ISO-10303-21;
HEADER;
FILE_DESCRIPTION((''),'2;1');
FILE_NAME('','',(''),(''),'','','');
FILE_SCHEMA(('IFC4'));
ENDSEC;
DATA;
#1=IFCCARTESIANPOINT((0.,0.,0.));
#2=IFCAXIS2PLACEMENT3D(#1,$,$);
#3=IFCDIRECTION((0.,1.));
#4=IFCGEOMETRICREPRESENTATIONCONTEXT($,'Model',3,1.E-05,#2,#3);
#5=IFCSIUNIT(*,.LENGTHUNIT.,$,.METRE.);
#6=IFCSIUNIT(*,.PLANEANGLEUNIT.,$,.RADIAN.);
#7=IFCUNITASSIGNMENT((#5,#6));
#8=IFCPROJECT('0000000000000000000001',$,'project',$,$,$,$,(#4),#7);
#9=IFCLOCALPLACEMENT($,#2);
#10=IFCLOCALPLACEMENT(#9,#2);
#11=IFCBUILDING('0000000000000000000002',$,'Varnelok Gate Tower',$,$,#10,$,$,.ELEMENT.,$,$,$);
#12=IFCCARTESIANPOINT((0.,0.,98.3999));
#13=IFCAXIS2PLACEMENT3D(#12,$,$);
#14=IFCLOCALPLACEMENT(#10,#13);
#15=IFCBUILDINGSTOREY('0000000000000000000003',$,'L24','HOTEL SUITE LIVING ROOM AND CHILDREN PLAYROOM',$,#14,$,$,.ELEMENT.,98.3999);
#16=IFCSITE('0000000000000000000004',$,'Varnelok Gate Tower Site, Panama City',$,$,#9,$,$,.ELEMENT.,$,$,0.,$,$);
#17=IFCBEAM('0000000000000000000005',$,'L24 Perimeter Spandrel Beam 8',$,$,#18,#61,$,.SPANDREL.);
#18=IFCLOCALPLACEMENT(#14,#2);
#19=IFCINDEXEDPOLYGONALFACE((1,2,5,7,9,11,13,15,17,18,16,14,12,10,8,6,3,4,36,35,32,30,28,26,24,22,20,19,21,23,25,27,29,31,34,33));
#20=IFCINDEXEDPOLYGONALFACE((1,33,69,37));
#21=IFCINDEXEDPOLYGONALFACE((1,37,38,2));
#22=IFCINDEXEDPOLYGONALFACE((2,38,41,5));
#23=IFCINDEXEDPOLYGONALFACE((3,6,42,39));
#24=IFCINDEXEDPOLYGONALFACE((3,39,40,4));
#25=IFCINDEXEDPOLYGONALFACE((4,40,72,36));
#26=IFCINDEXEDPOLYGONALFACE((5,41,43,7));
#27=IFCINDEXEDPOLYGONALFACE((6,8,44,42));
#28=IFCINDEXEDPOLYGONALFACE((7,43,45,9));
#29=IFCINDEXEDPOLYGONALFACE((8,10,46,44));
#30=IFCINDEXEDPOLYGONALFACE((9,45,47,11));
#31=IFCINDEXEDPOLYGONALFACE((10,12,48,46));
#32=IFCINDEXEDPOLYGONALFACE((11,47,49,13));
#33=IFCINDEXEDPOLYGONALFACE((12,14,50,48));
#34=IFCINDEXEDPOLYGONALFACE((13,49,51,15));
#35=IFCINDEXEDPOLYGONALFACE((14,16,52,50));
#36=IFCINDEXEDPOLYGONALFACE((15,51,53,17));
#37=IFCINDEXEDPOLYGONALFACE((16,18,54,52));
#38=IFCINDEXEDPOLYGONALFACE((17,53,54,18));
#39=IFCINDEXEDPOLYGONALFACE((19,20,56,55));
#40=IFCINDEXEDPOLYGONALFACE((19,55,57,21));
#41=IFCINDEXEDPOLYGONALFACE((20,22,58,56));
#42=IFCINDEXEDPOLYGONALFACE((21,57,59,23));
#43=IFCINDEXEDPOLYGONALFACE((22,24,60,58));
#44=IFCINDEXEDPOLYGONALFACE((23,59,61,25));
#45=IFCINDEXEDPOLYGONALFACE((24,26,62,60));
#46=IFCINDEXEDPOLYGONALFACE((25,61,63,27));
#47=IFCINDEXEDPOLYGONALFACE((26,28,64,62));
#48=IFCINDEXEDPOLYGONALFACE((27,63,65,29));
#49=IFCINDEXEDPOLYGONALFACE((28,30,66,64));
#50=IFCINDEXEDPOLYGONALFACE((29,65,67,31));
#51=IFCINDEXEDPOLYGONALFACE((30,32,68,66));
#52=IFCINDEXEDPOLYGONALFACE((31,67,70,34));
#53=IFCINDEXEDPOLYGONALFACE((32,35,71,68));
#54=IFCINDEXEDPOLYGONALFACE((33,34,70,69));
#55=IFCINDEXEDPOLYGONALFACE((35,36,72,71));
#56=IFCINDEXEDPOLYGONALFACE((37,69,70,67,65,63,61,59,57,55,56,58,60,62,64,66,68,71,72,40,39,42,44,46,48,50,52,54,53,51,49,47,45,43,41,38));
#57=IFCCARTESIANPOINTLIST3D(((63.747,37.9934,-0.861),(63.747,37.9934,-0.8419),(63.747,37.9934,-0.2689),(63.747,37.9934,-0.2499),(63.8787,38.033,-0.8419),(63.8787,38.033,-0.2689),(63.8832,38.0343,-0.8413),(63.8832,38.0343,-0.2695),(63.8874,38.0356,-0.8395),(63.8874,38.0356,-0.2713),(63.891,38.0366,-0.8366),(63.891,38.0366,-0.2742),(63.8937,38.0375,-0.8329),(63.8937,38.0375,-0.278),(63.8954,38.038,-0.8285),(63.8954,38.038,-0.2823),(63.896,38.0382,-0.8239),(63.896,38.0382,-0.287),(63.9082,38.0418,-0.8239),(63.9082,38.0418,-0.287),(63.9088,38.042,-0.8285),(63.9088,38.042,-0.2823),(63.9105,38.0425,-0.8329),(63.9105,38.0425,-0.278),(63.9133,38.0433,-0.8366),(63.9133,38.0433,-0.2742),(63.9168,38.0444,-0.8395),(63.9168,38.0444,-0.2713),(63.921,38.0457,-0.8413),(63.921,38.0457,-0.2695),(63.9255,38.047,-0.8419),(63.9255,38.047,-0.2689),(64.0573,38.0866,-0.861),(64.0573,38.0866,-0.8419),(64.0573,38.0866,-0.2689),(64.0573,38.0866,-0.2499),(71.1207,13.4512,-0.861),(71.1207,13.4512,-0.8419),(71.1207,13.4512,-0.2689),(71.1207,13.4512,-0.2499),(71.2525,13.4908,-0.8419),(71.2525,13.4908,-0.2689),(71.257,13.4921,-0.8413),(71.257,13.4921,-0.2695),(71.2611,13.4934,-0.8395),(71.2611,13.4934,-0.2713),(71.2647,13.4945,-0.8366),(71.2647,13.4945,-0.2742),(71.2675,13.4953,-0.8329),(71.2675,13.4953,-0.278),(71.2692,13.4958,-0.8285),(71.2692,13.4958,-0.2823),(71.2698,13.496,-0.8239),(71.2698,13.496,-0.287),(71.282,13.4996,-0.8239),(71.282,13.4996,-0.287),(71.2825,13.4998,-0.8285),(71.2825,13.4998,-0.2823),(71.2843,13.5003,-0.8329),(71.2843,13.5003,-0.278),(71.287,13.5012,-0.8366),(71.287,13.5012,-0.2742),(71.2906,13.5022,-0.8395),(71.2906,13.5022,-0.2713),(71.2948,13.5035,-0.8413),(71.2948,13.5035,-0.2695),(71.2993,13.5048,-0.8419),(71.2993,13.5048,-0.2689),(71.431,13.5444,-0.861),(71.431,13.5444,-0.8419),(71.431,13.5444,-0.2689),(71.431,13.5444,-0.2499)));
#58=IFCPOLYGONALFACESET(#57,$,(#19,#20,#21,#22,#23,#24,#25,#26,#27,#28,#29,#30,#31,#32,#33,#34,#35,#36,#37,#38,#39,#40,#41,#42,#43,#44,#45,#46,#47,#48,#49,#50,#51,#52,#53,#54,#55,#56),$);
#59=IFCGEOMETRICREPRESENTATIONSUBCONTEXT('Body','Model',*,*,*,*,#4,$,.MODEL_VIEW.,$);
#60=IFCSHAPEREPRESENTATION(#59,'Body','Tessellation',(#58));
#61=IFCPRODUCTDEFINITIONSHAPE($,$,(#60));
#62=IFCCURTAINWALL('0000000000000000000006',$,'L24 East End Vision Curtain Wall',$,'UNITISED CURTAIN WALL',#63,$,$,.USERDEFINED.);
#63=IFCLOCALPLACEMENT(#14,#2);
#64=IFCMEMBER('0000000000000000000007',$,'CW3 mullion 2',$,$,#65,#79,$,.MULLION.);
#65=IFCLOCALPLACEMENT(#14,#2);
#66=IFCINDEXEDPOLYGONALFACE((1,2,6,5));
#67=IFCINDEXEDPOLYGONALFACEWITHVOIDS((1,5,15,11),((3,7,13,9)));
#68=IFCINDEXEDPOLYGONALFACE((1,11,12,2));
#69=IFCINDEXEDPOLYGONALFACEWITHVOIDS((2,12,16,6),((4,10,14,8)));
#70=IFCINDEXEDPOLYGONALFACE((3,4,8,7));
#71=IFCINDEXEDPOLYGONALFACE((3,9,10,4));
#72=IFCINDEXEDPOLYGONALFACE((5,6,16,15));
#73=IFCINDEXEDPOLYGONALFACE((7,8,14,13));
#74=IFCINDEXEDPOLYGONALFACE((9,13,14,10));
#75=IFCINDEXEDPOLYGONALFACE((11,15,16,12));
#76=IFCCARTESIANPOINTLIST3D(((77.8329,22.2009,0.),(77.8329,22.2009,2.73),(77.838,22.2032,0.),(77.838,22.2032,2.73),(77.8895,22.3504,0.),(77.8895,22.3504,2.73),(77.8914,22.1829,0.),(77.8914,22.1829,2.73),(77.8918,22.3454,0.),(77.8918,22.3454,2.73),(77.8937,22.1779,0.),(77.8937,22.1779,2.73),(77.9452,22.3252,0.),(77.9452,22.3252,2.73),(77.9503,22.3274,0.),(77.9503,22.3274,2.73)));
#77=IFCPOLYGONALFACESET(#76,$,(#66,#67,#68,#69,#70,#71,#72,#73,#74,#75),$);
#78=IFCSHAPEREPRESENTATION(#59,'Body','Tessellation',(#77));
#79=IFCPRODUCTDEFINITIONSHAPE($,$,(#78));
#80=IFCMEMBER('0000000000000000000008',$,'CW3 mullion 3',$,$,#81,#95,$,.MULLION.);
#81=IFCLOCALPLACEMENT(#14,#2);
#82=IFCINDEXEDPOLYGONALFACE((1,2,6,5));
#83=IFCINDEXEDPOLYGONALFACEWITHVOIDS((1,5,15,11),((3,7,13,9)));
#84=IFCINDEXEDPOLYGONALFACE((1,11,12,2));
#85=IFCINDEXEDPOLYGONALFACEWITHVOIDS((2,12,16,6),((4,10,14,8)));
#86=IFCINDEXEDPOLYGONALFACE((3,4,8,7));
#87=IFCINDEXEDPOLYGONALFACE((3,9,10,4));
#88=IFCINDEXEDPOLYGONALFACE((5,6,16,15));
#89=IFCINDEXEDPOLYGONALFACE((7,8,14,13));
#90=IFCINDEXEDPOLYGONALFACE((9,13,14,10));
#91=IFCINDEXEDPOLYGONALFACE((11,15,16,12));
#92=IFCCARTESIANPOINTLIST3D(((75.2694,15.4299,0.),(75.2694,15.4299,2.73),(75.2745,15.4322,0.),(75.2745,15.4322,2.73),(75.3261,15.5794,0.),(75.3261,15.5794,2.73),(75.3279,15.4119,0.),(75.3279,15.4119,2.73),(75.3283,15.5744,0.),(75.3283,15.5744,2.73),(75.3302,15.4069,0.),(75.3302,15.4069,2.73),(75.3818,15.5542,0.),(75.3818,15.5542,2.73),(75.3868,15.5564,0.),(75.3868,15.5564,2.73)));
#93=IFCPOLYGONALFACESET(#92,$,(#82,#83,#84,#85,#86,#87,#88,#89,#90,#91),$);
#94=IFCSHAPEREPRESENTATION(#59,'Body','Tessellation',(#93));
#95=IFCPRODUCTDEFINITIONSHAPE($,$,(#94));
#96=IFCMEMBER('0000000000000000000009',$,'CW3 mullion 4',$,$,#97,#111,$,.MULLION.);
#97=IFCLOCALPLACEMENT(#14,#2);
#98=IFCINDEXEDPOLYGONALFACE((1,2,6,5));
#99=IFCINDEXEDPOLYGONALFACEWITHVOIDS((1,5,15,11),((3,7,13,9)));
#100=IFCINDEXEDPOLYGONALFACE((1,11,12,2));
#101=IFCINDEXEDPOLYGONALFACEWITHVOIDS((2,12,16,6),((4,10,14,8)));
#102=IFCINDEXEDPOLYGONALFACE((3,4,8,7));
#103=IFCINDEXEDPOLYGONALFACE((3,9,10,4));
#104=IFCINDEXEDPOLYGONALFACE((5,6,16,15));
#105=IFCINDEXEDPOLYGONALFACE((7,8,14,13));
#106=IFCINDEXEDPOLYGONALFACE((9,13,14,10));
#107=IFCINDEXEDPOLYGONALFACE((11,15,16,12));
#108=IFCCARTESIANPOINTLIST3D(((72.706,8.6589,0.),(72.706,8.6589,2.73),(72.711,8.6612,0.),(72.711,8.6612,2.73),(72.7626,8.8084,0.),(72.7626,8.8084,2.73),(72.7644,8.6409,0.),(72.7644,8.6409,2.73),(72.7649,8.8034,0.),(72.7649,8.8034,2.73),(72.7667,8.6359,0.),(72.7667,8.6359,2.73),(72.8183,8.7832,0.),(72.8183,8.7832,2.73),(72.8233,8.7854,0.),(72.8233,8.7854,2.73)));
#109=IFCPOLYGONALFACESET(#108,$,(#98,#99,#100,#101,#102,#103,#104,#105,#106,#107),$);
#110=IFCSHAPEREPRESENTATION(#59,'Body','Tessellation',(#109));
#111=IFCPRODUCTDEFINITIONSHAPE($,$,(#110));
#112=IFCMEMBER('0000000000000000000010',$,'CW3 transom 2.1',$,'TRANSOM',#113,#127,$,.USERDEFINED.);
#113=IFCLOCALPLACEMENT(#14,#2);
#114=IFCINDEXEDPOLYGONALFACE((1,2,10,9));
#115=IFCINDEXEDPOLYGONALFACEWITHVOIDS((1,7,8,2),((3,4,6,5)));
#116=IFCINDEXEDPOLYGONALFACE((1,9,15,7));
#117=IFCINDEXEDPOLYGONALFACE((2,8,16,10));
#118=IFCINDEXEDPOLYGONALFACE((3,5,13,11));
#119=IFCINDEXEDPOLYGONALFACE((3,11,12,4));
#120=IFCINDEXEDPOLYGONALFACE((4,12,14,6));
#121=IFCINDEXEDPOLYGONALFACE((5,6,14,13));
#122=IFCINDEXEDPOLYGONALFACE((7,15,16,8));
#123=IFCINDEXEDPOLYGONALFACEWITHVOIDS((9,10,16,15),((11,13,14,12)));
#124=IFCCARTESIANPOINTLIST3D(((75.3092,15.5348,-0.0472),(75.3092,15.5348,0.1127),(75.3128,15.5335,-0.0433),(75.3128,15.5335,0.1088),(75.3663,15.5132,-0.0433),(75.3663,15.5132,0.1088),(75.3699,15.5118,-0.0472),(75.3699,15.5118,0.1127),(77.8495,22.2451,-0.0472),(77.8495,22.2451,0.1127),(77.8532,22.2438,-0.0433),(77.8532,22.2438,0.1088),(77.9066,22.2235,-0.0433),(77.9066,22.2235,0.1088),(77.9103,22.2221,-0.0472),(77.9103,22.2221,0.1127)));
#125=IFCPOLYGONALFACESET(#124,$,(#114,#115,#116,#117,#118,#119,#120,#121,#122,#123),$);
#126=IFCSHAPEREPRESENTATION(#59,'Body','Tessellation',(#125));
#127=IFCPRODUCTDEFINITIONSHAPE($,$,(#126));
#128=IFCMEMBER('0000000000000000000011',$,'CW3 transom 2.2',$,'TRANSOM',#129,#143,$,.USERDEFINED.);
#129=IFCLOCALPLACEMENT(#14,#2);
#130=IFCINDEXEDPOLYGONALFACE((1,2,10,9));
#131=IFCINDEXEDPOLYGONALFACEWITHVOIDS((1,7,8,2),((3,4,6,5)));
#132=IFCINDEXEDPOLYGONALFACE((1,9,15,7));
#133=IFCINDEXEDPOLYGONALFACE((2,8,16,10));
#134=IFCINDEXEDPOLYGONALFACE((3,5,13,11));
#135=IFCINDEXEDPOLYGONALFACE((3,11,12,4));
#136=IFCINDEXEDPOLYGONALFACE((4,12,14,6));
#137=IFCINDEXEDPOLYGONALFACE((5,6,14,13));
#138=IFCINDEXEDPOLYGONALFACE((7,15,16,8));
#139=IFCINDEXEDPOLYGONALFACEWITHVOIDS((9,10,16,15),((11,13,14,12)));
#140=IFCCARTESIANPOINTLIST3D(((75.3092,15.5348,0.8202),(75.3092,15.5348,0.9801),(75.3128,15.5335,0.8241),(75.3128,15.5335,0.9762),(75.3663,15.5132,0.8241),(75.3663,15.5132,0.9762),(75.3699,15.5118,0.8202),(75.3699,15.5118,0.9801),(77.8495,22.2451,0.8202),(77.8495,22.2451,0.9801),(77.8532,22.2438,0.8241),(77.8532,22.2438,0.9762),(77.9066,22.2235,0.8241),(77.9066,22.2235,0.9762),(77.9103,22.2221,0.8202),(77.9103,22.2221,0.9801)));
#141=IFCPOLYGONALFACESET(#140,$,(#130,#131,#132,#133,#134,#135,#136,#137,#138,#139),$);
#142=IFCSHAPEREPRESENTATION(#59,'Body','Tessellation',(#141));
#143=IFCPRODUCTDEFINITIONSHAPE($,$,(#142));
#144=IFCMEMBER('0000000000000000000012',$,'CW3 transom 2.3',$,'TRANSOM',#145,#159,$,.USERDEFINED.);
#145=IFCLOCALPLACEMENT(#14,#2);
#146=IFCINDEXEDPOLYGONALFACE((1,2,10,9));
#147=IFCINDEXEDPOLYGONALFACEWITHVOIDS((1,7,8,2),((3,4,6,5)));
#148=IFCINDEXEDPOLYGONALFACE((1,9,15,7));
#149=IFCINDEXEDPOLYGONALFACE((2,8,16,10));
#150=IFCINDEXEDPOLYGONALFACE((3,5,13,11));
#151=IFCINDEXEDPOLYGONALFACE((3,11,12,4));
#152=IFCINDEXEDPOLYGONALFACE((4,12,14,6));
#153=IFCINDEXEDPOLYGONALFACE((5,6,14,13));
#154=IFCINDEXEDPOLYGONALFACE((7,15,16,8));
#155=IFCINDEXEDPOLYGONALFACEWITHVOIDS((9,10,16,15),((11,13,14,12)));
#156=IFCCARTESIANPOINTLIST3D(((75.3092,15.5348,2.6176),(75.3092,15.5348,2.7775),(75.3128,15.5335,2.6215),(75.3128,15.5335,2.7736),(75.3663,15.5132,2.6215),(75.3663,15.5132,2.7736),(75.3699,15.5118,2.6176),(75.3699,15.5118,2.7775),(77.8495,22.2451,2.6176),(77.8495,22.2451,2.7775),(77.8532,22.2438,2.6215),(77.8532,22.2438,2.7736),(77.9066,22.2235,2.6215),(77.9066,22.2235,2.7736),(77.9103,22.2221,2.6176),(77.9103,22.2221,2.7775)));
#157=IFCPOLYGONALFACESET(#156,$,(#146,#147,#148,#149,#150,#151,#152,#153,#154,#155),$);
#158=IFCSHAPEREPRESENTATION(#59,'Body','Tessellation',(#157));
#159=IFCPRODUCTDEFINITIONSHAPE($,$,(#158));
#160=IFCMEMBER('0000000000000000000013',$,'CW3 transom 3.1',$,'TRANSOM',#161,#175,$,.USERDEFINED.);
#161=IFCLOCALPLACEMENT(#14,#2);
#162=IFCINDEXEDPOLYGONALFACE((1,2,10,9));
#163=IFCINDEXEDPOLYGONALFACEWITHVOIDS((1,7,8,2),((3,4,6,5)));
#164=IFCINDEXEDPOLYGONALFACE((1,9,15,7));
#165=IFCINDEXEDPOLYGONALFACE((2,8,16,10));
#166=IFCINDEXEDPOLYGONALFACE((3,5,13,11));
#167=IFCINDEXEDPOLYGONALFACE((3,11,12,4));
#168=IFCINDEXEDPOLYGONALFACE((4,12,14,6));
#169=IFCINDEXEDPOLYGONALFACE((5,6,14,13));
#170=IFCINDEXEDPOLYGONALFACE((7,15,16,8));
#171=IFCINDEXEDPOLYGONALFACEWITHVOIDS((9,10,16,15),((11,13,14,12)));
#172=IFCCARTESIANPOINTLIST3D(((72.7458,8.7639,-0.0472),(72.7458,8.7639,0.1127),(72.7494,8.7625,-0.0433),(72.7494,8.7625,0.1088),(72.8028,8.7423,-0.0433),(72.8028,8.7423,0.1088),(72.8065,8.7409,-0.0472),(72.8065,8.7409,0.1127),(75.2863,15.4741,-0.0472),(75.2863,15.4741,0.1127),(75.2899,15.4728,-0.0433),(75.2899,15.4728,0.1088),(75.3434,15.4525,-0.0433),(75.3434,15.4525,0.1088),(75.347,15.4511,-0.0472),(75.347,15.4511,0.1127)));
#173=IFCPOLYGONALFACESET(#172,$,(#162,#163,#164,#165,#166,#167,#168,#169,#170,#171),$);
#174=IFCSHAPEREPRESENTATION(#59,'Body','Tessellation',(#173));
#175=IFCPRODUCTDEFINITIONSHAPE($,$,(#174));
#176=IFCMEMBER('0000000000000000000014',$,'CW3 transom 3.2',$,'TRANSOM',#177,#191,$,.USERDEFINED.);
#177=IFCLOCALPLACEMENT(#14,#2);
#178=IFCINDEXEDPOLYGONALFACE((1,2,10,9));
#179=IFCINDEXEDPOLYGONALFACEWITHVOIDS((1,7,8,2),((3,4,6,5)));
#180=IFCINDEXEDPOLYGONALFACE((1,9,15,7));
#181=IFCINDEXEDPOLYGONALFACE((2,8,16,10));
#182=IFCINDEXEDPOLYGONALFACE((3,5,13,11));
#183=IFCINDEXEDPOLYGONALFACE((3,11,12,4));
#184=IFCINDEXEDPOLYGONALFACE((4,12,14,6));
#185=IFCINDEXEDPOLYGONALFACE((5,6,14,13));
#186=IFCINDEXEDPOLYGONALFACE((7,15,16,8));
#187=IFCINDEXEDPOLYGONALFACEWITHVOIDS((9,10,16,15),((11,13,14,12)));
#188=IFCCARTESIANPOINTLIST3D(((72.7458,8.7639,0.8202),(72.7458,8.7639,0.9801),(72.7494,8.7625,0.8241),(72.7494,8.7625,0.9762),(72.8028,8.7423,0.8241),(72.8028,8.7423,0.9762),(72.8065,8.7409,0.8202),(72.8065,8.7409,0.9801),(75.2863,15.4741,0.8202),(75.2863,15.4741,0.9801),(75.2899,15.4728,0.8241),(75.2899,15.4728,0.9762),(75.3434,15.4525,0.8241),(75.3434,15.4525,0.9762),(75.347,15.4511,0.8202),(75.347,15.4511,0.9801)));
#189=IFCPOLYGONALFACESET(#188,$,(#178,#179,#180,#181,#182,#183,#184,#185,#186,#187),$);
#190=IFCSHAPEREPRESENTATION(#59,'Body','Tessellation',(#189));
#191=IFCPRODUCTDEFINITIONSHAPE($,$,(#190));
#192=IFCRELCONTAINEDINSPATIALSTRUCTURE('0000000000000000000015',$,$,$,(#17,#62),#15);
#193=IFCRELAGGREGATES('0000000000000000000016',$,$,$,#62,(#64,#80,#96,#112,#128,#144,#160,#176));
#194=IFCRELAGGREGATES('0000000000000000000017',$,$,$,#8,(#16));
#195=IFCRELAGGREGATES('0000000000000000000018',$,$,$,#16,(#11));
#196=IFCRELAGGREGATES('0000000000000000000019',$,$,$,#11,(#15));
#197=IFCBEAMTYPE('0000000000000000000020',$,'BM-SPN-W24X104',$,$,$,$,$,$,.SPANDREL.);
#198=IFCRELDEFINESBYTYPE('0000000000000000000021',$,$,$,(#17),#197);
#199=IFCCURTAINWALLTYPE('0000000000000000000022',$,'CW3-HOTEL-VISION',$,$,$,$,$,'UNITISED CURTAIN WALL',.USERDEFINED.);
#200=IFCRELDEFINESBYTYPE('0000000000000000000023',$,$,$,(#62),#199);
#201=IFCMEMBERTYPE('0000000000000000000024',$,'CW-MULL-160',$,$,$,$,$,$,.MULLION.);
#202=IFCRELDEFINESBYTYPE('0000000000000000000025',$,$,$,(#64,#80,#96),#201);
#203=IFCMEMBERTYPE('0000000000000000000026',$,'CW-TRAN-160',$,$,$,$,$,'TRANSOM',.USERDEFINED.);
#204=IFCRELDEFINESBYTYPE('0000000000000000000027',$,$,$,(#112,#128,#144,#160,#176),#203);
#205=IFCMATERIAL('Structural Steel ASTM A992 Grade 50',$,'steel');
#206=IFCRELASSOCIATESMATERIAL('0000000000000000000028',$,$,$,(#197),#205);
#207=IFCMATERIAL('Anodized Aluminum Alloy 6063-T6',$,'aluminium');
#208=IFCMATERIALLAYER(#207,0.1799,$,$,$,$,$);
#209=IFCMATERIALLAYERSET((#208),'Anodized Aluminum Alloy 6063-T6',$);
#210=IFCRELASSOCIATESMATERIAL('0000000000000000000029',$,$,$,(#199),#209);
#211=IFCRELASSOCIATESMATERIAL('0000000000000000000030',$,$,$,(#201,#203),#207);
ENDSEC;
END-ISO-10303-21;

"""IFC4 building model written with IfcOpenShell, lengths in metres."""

from ifc_helpers import new_model, si_unit, direction, frame, origin, origin_2d, place, context, subcontext, project, spatial, hollow_rectangle, i_section, extrude, material, layer, layer_set, material_profile, profile_set, type_object, element, aggregate, save


model = new_model("IFC4")

# Units and contexts
model_context = context("Model", 3, precision=1e-05, world=origin(), true_north=direction((0.0, 1.0)))
body_context = subcontext(model_context, "Body", "Model", "MODEL_VIEW")
ifc_project = project(units=[si_unit("LENGTHUNIT", "METRE"), si_unit("PLANEANGLEUNIT", "RADIAN")], contexts=[model_context])

# Site, building, storey
site_placement = place(None, origin())
site = spatial("IfcSite", under=ifc_project, at=site_placement, Name="Varnelok Gate Tower Site, Panama City", CompositionType="ELEMENT", RefElevation=0.0)
building_placement = place(site_placement, origin())
building = spatial("IfcBuilding", under=site, at=building_placement, Name="Varnelok Gate Tower", CompositionType="ELEMENT")
storey_placement = place(building_placement, frame((0.0, 0.0, 98.3999)))
storey = spatial("IfcBuildingStorey", under=building, at=storey_placement, Name="L24", Description="HOTEL SUITE LIVING ROOM AND CHILDREN PLAYROOM", CompositionType="ELEMENT", Elevation=98.3999)

# Shared definitions
ifc_material_1 = material(Name="Structural Steel ASTM A992 Grade 50", Category="steel")

# Beam
ifc_material_profile_1 = material_profile(ifc_material_1, i_section(OverallWidth=0.324, OverallDepth=0.6111, WebThickness=0.0127, FlangeThickness=0.019, FilletRadius=0.0181, at=origin_2d()), Name="W24X104")
ifc_profile_set_1 = profile_set([ifc_material_profile_1], Name="Structural Steel ASTM A992 Grade 50")
beam_type_1 = type_object("IfcBeamType", Name="BM-SPN-W24X104", PredefinedType="SPANDREL", material=ifc_profile_set_1)
beam_1_placement = place(storey_placement, frame((71.2759, 13.4978, -0.5554), z_axis=(-0.287746, 0.957707, 0.0), x_axis=(-0.957707, -0.287746, 0.0)))
element("IfcBeam", 1, at=beam_1_placement, inside=storey, type_object=beam_type_1, Name="L24 Perimeter Spandrel Beam 8", PredefinedType="SPANDREL", context=body_context, shape_type="SweptSolid", body=[
    extrude(i_section(OverallWidth=0.324, OverallDepth=0.6111, WebThickness=0.0127, FlangeThickness=0.019, FilletRadius=0.0181, at=origin_2d()), origin(), (0.0, 0.0, 1.0), 25.626),
])

# Curtain wall, members
ifc_material_2 = material(Name="Anodized Aluminum Alloy 6063-T6", Category="aluminium")
ifc_layer_1 = layer(ifc_material_2, 0.1799)
ifc_layer_set_1 = layer_set([ifc_layer_1], Name="Anodized Aluminum Alloy 6063-T6")
curtain_wall_type = type_object("IfcCurtainWallType", Name="CW3-HOTEL-VISION", ElementType="UNITISED CURTAIN WALL", PredefinedType="USERDEFINED", material=ifc_layer_set_1)
curtain_wall_placement = place(storey_placement, origin())
curtain_wall = element("IfcCurtainWall", 2, at=curtain_wall_placement, inside=storey, type_object=curtain_wall_type, Name="L24 East End Vision Curtain Wall", ObjectType="UNITISED CURTAIN WALL", PredefinedType="USERDEFINED")
ifc_material_profile_2 = material_profile(ifc_material_2, hollow_rectangle(XDim=0.0649, YDim=0.1599, WallThickness=0.0039, at=origin_2d()), Name="ALU160X65X4")
ifc_profile_set_2 = profile_set([ifc_material_profile_2], Name="Anodized Aluminum Alloy 6063-T6")
member_type_1 = type_object("IfcMemberType", Name="CW-MULL-160", PredefinedType="MULLION", material=ifc_profile_set_2)
member_1_placement = place(storey_placement, frame((77.8916, 22.2642, 0.0), z_axis=(0.0, 0.0, 1.0), x_axis=(0.935221, -0.354064, 0.0)))
member_1 = element("IfcMember", 3, at=member_1_placement, type_object=member_type_1, Name="CW3 mullion 2", PredefinedType="MULLION", context=body_context, shape_type="SweptSolid", body=[
    extrude(hollow_rectangle(XDim=0.0649, YDim=0.1599, WallThickness=0.0039, at=origin_2d()), origin(), (0.0, 0.0, 1.0), 2.73),
])
member_2_placement = place(storey_placement, frame((75.3281, 15.4932, 0.0), z_axis=(0.0, 0.0, 1.0), x_axis=(0.935221, -0.354064, 0.0)))
member_2 = element("IfcMember", 4, at=member_2_placement, type_object=member_type_1, Name="CW3 mullion 3", PredefinedType="MULLION", context=body_context, shape_type="SweptSolid", body=[
    extrude(hollow_rectangle(XDim=0.0649, YDim=0.1599, WallThickness=0.0039, at=origin_2d()), origin(), (0.0, 0.0, 1.0), 2.73),
])
member_3_placement = place(storey_placement, frame((72.7646, 8.7222, 0.0), z_axis=(0.0, 0.0, 1.0), x_axis=(0.935221, -0.354064, 0.0)))
member_3 = element("IfcMember", 5, at=member_3_placement, type_object=member_type_1, Name="CW3 mullion 4", PredefinedType="MULLION", context=body_context, shape_type="SweptSolid", body=[
    extrude(hollow_rectangle(XDim=0.0649, YDim=0.1599, WallThickness=0.0039, at=origin_2d()), origin(), (0.0, 0.0, 1.0), 2.73),
])
ifc_material_profile_3 = material_profile(ifc_material_2, hollow_rectangle(XDim=0.0649, YDim=0.1599, WallThickness=0.0039, at=origin_2d()), Name="ALU160X65X4")
ifc_profile_set_3 = profile_set([ifc_material_profile_3], Name="Anodized Aluminum Alloy 6063-T6")
member_type_2 = type_object("IfcMemberType", Name="CW-TRAN-160", ElementType="TRANSOM", PredefinedType="USERDEFINED", material=ifc_profile_set_3)
member_4_placement = place(storey_placement, frame((77.8799, 22.2336, 0.0327), z_axis=(-0.354049, -0.935227, 0.0), x_axis=(0.935227, -0.354049, 0.0)))
member_4 = element("IfcMember", 6, at=member_4_placement, type_object=member_type_2, Name="CW3 transom 2.1", ObjectType="TRANSOM", PredefinedType="USERDEFINED", context=body_context, shape_type="SweptSolid", body=[
    extrude(hollow_rectangle(XDim=0.0649, YDim=0.1599, WallThickness=0.0039, at=origin_2d()), origin(), (0.0, 0.0, 1.0), 7.175),
])
member_5_placement = place(storey_placement, frame((77.8799, 22.2336, 0.9001), z_axis=(-0.354049, -0.935227, 0.0), x_axis=(0.935227, -0.354049, 0.0)))
member_5 = element("IfcMember", 7, at=member_5_placement, type_object=member_type_2, Name="CW3 transom 2.2", ObjectType="TRANSOM", PredefinedType="USERDEFINED", context=body_context, shape_type="SweptSolid", body=[
    extrude(hollow_rectangle(XDim=0.0649, YDim=0.1599, WallThickness=0.0039, at=origin_2d()), origin(), (0.0, 0.0, 1.0), 7.175),
])
member_6_placement = place(storey_placement, frame((77.8799, 22.2336, 2.6975), z_axis=(-0.354049, -0.935227, 0.0), x_axis=(0.935227, -0.354049, 0.0)))
member_6 = element("IfcMember", 8, at=member_6_placement, type_object=member_type_2, Name="CW3 transom 2.3", ObjectType="TRANSOM", PredefinedType="USERDEFINED", context=body_context, shape_type="SweptSolid", body=[
    extrude(hollow_rectangle(XDim=0.0649, YDim=0.1599, WallThickness=0.0039, at=origin_2d()), origin(), (0.0, 0.0, 1.0), 7.175),
])
member_7_placement = place(storey_placement, frame((75.3167, 15.4626, 0.0327), z_axis=(-0.354079, -0.935216, 0.0), x_axis=(0.935216, -0.354079, 0.0)))
member_7 = element("IfcMember", 9, at=member_7_placement, type_object=member_type_2, Name="CW3 transom 3.1", ObjectType="TRANSOM", PredefinedType="USERDEFINED", context=body_context, shape_type="SweptSolid", body=[
    extrude(hollow_rectangle(XDim=0.0649, YDim=0.1599, WallThickness=0.0039, at=origin_2d()), origin(), (0.0, 0.0, 1.0), 7.175),
])
member_8_placement = place(storey_placement, frame((75.3167, 15.4626, 0.9001), z_axis=(-0.354079, -0.935216, 0.0), x_axis=(0.935216, -0.354079, 0.0)))
member_8 = element("IfcMember", 10, at=member_8_placement, type_object=member_type_2, Name="CW3 transom 3.2", ObjectType="TRANSOM", PredefinedType="USERDEFINED", context=body_context, shape_type="SweptSolid", body=[
    extrude(hollow_rectangle(XDim=0.0649, YDim=0.1599, WallThickness=0.0039, at=origin_2d()), origin(), (0.0, 0.0, 1.0), 7.175),
])
aggregate(curtain_wall, [member_1, member_2, member_3, member_4, member_5, member_6, member_7, member_8])

save(model, "model.ifc")
